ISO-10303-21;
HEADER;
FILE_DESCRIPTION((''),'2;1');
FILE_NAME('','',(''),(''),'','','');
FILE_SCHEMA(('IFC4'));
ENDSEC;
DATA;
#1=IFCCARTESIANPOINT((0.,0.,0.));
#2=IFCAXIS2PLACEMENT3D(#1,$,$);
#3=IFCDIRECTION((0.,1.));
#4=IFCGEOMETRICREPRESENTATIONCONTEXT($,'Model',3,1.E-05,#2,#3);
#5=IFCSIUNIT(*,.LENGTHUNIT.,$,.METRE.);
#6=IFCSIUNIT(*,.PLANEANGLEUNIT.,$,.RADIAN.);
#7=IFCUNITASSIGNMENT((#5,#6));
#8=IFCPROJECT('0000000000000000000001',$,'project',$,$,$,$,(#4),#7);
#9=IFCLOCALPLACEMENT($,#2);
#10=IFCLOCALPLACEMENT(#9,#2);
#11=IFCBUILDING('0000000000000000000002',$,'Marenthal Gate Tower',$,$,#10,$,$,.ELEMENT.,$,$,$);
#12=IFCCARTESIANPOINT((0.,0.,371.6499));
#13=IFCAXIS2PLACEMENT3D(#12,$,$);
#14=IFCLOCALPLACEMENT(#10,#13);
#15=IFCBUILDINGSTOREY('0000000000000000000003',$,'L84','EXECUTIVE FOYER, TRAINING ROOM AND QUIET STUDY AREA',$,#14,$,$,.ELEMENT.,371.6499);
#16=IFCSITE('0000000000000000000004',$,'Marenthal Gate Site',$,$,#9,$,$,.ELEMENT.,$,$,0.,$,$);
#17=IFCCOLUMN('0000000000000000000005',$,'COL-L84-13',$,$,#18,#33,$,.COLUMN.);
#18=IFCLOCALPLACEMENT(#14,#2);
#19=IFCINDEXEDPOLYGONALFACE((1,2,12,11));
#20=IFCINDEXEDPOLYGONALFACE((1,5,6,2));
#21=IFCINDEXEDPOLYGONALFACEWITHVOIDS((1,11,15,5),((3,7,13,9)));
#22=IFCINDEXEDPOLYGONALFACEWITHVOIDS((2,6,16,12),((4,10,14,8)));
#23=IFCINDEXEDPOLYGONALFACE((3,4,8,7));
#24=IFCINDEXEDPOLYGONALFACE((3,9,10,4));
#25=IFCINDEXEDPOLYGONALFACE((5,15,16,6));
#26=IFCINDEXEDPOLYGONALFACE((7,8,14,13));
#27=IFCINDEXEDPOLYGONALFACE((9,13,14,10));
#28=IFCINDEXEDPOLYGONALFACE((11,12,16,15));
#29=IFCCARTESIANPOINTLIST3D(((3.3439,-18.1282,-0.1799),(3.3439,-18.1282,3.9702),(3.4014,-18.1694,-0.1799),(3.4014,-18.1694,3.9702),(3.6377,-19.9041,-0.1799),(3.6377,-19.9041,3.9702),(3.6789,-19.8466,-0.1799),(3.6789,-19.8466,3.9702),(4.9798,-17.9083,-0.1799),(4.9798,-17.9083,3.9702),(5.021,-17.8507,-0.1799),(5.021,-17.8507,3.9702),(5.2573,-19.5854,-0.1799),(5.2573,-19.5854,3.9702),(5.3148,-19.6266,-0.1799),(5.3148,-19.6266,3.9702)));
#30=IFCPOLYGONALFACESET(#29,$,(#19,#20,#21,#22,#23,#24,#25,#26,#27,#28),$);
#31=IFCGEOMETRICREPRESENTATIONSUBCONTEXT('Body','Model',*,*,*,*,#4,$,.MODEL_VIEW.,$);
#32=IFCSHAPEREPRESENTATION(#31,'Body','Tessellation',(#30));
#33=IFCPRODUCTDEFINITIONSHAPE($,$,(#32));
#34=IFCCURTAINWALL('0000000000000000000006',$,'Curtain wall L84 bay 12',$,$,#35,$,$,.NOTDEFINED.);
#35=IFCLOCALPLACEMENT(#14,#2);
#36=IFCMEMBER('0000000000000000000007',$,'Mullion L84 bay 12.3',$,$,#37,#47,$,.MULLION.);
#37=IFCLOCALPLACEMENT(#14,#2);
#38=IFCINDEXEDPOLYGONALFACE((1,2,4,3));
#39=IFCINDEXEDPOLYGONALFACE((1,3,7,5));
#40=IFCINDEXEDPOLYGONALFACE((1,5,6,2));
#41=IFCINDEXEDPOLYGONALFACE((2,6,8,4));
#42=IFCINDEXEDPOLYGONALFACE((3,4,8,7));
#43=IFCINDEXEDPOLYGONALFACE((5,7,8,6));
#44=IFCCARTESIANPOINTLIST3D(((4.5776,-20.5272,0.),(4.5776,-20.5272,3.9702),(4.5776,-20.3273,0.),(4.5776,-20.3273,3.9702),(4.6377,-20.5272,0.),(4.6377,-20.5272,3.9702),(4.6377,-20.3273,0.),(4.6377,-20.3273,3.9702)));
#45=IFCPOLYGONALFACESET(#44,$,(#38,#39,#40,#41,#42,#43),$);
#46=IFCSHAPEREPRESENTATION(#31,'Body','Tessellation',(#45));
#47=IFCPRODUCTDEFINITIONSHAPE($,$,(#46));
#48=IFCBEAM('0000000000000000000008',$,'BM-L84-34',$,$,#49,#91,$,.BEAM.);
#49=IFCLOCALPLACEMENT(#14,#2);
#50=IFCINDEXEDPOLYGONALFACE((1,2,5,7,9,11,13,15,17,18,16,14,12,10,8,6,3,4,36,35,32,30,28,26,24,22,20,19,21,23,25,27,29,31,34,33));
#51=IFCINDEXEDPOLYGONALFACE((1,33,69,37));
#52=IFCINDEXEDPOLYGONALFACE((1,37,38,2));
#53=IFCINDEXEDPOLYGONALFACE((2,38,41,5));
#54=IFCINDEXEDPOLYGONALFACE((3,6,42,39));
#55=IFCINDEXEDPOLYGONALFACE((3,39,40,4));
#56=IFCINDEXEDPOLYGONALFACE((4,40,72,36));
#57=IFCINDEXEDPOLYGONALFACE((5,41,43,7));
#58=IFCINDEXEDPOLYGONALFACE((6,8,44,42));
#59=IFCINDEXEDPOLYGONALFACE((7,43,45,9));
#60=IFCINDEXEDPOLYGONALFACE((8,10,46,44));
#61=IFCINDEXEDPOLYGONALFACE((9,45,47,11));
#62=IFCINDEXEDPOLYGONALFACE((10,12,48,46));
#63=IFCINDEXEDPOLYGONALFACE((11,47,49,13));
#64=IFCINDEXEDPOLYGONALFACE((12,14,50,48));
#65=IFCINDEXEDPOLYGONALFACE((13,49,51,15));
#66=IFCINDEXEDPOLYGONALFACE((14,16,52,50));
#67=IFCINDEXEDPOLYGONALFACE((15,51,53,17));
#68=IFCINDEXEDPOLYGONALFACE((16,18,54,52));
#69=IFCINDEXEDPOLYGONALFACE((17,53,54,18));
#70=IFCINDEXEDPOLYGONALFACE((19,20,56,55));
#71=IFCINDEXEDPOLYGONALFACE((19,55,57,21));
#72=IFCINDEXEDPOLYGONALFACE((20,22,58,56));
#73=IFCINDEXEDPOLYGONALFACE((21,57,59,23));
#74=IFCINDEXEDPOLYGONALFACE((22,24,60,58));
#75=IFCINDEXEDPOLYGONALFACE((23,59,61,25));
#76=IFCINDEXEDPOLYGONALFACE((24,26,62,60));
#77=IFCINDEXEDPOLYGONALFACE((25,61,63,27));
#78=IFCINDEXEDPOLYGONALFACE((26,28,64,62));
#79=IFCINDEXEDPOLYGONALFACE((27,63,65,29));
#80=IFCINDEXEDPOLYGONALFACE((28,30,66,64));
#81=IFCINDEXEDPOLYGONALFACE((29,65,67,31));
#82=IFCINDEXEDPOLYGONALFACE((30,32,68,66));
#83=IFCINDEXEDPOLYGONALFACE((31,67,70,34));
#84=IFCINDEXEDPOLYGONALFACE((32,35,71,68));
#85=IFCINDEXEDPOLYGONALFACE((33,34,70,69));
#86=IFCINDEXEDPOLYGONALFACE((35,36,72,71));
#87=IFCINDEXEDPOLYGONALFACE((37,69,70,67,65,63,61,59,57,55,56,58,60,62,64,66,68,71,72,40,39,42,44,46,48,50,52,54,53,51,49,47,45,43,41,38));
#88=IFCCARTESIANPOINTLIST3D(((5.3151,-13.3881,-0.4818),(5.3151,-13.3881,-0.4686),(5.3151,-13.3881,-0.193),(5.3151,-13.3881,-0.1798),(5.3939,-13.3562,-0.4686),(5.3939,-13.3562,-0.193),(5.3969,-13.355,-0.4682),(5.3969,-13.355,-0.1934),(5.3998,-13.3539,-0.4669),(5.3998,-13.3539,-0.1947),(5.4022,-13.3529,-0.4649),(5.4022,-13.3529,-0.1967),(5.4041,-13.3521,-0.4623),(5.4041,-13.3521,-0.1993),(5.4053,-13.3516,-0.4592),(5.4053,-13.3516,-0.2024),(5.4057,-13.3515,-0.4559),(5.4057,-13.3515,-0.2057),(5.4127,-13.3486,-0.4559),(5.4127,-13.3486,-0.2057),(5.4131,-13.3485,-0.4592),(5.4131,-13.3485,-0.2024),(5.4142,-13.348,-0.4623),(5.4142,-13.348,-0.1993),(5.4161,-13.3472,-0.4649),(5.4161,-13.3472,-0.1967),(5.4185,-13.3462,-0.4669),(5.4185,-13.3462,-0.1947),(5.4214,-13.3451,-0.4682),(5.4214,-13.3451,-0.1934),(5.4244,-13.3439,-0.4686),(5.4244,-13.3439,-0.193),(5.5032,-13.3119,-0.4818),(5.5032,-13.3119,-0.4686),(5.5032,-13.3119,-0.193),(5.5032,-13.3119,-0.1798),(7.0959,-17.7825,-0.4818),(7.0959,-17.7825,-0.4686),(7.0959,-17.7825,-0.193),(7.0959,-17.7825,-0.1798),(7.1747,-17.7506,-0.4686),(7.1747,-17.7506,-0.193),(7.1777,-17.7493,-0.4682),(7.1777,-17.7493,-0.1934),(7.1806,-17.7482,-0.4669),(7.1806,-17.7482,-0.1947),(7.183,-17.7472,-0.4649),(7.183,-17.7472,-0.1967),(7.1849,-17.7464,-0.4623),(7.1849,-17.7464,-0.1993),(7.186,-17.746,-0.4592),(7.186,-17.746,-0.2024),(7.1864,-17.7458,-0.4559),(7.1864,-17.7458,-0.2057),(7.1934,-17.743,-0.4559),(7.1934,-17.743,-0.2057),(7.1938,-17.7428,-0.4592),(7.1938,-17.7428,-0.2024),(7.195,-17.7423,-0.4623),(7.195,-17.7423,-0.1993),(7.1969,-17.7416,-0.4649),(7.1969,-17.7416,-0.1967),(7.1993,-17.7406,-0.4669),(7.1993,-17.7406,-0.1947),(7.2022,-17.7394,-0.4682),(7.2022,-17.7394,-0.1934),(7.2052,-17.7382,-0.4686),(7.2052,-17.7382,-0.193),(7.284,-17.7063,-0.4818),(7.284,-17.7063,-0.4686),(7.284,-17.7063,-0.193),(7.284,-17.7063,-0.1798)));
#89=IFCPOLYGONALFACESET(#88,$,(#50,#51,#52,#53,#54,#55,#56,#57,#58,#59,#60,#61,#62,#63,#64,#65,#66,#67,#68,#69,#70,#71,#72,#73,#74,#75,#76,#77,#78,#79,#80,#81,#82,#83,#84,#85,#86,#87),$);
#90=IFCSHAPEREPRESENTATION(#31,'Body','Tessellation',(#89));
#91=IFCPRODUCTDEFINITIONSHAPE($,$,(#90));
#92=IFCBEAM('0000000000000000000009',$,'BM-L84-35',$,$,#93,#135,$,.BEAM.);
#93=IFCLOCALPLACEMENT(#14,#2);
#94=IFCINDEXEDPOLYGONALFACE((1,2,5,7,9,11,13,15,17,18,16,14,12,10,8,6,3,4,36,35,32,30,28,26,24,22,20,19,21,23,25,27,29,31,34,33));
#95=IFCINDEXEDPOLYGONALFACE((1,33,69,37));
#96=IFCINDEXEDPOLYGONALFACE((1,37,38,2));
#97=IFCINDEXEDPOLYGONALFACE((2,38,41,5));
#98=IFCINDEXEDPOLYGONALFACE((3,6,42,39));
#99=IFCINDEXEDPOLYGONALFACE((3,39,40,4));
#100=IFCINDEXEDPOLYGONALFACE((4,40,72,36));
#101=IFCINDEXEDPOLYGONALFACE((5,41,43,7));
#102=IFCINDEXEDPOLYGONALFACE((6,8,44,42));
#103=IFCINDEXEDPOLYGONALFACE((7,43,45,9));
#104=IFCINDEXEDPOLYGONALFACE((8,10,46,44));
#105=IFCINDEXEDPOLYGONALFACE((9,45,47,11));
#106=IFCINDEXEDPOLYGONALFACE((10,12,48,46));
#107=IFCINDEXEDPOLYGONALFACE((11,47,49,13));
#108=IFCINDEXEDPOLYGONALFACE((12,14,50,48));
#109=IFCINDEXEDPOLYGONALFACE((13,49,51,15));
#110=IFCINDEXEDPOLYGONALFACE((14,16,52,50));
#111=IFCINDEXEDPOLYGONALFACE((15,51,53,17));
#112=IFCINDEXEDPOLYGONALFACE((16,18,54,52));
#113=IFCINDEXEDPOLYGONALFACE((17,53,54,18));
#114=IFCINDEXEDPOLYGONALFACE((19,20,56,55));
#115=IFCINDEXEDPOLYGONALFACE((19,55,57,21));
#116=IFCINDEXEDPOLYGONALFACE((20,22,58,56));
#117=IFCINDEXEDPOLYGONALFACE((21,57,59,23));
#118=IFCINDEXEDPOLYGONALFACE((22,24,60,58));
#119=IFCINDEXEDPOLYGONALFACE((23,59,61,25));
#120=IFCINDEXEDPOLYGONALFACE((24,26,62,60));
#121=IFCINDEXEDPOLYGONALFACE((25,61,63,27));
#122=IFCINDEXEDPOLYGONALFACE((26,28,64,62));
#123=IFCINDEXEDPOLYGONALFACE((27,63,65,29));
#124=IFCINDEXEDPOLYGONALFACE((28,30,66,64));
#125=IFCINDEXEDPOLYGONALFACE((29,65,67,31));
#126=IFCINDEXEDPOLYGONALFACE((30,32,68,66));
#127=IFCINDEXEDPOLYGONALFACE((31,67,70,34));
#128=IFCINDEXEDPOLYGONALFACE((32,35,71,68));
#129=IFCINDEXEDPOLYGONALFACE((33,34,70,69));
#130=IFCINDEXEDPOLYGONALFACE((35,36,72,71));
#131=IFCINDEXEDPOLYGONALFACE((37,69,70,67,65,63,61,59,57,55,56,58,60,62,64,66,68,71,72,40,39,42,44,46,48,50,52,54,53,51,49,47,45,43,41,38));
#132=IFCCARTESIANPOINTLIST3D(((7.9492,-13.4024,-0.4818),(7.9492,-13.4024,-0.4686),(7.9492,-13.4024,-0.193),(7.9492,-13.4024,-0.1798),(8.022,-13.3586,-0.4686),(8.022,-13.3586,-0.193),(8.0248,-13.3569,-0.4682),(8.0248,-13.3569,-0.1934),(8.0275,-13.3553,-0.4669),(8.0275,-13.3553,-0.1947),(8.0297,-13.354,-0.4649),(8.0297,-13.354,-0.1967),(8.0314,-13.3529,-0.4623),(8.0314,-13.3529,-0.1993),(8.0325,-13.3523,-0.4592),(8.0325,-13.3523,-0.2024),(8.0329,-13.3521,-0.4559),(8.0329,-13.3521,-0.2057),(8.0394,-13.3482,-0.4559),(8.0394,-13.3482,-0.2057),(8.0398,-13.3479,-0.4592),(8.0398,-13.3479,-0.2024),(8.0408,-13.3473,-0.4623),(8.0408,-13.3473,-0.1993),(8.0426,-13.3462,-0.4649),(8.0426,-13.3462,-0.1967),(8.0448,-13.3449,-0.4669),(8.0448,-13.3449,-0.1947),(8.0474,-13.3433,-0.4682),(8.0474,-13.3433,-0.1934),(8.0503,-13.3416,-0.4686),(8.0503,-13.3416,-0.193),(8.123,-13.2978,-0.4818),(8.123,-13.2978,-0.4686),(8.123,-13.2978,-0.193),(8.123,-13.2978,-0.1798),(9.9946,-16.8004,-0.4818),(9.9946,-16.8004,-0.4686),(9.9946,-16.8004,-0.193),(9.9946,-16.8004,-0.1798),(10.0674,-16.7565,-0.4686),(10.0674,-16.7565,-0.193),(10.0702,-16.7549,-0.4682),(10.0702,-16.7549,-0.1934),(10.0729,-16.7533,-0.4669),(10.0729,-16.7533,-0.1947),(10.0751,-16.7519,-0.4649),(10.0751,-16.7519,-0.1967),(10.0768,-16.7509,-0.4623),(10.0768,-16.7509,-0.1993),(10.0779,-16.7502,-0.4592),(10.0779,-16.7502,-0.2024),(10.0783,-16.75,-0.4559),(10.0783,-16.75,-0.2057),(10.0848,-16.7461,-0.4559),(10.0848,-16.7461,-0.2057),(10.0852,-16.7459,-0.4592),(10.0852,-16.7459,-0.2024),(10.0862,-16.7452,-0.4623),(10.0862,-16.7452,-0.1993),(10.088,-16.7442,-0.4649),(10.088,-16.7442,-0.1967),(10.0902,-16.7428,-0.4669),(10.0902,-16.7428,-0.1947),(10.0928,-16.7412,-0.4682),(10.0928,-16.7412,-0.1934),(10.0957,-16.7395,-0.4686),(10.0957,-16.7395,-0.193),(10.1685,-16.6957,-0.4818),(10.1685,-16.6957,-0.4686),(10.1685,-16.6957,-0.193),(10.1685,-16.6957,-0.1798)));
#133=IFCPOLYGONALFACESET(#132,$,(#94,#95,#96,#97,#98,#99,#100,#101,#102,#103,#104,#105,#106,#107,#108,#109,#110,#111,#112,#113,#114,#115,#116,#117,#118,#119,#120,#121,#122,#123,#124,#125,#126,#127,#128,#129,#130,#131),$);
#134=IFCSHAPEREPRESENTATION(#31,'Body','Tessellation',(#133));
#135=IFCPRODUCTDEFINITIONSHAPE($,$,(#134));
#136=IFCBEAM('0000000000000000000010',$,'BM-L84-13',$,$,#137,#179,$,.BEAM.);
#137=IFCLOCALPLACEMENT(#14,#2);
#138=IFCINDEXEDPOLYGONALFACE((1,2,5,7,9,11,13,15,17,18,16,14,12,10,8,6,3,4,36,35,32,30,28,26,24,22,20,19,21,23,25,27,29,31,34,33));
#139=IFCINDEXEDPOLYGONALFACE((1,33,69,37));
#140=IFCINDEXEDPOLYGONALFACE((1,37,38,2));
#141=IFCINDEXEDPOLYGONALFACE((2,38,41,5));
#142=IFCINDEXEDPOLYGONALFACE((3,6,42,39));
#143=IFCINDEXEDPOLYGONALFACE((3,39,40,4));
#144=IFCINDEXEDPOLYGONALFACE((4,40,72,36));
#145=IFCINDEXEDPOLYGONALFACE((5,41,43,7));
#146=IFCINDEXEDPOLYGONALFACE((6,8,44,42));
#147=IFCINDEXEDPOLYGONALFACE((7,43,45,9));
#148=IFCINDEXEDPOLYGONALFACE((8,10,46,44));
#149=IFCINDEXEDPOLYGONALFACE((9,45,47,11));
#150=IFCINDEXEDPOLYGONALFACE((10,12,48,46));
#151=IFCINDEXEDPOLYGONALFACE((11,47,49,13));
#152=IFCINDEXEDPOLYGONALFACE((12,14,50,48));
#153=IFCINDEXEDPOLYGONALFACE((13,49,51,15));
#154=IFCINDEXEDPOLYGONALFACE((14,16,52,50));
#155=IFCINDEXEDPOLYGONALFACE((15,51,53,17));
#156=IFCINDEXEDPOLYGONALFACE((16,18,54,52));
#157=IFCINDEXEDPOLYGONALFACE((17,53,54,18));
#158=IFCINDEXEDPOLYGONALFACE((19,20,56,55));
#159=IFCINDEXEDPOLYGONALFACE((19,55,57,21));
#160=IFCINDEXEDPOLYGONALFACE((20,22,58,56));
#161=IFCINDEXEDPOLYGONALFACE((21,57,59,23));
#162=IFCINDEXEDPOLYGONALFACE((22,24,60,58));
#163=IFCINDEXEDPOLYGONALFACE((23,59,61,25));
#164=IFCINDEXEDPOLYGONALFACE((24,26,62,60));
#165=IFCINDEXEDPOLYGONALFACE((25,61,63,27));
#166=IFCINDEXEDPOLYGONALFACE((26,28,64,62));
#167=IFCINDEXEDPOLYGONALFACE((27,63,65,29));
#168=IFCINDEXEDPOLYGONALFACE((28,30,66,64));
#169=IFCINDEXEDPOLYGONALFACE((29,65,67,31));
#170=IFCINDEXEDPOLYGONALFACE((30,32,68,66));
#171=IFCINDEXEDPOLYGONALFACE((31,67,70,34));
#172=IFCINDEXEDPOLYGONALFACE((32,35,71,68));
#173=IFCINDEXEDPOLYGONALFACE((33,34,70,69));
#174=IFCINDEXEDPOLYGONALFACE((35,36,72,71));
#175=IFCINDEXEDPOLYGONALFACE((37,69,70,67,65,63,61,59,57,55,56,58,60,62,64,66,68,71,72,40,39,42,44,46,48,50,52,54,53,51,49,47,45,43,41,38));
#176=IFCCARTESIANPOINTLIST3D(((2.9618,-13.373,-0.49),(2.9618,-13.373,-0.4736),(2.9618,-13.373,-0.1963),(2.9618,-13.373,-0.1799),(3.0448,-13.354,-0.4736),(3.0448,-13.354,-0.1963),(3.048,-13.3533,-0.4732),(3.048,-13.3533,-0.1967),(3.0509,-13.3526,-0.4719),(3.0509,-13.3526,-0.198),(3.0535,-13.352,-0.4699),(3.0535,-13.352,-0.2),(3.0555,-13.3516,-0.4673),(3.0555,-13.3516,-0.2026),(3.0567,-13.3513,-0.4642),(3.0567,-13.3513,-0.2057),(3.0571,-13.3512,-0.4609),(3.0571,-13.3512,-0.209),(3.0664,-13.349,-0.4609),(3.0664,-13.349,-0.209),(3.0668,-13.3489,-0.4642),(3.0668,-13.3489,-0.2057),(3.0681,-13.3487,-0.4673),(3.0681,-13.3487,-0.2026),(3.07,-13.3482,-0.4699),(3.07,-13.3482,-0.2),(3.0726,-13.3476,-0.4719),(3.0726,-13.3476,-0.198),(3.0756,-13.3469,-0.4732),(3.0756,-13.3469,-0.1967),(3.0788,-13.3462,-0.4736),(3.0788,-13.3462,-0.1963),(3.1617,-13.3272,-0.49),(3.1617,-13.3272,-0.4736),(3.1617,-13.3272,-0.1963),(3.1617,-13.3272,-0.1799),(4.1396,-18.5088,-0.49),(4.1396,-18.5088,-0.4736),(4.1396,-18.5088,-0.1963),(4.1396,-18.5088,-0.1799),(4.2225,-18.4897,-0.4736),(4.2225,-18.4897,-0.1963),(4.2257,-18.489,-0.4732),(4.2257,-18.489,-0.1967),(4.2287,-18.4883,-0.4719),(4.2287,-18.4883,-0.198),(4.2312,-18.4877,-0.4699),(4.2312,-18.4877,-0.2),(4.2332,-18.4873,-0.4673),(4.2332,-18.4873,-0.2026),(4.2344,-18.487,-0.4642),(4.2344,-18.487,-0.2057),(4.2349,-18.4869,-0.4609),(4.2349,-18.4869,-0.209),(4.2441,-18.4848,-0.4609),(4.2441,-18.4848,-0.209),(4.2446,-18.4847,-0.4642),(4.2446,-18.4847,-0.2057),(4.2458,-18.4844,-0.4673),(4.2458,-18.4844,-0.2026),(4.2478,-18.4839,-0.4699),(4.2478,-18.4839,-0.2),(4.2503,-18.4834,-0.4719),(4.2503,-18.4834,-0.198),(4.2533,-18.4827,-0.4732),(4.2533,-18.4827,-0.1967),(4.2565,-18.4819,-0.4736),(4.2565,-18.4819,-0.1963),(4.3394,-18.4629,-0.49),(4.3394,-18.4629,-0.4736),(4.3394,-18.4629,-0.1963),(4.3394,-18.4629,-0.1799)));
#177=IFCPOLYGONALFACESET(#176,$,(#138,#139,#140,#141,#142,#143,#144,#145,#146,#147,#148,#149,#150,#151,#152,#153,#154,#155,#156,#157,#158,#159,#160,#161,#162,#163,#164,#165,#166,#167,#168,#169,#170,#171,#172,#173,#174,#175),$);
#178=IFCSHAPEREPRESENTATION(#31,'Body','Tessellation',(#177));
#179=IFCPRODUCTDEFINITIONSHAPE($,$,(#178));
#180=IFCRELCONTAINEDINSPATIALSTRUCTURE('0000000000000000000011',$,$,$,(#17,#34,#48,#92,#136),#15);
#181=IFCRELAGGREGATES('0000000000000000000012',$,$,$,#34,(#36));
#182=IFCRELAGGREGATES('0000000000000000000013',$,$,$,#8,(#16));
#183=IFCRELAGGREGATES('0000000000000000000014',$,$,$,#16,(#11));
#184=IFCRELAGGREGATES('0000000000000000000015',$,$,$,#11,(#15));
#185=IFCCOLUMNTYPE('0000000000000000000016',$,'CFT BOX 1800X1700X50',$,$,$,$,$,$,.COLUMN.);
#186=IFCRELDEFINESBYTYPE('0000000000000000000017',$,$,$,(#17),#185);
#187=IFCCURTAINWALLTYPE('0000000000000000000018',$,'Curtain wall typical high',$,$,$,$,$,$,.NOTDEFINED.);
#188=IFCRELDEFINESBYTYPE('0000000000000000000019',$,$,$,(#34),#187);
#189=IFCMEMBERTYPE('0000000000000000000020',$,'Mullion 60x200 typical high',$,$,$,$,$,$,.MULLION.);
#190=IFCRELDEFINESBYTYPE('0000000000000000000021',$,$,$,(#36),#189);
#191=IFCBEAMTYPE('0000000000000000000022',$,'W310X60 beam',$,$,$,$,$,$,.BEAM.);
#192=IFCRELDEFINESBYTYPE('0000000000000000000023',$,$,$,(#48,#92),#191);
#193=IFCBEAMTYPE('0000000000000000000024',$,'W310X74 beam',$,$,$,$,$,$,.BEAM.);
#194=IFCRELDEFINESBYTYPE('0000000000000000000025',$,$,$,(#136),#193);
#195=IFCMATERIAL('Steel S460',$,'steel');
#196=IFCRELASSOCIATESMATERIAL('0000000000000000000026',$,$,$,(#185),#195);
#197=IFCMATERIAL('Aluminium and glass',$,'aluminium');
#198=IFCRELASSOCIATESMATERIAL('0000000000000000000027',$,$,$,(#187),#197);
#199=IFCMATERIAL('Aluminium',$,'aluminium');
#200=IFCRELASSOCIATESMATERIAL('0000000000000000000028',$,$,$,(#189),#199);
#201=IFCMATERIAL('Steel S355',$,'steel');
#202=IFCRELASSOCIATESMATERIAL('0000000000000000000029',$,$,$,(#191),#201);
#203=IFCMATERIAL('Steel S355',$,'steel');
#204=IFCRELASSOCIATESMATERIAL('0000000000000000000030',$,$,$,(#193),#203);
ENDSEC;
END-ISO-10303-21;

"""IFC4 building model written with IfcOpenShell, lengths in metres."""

from ifc_helpers import new_model, si_unit, direction, frame, origin, origin_2d, place, context, subcontext, project, spatial, rectangle, hollow_rectangle, i_section, extrude, material, material_profile, profile_set, type_object, element, aggregate, save


model = new_model("IFC4")

# Units and contexts
model_context = context("Model", 3, precision=1e-05, world=origin(), true_north=direction((0.0, 1.0)))
body_context = subcontext(model_context, "Body", "Model", "MODEL_VIEW")
ifc_project = project(units=[si_unit("LENGTHUNIT", "METRE"), si_unit("PLANEANGLEUNIT", "RADIAN")], contexts=[model_context])

# Site, building, storey
site_placement = place(None, origin())
site = spatial("IfcSite", under=ifc_project, at=site_placement, Name="Marenthal Gate Site", CompositionType="ELEMENT", RefElevation=0.0)
building_placement = place(site_placement, origin())
building = spatial("IfcBuilding", under=site, at=building_placement, Name="Marenthal Gate Tower", CompositionType="ELEMENT")
storey_placement = place(building_placement, frame((0.0, 0.0, 371.6499)))
storey = spatial("IfcBuildingStorey", under=building, at=storey_placement, Name="L84", Description="EXECUTIVE FOYER, TRAINING ROOM AND QUIET STUDY AREA", CompositionType="ELEMENT", Elevation=371.6499)

# Column
ifc_material_1 = material(Name="Steel S460", Category="steel")
ifc_material_profile_1 = material_profile(ifc_material_1, hollow_rectangle(XDim=1.7, YDim=1.8, WallThickness=0.05, at=origin_2d()), Name="CFT BOX 1800X1700X50")
ifc_material_2 = material(Name="Concrete 70 MPa", Category="concrete")
ifc_material_profile_2 = material_profile(ifc_material_2, rectangle(XDim=1.6001, YDim=1.7, at=origin_2d()), Name="CFT BOX 1800X1700X50 INFILL")
ifc_profile_set_1 = profile_set([ifc_material_profile_1, ifc_material_profile_2], Name="Steel S460 shell, Concrete 70 MPa infill")
column_type = type_object("IfcColumnType", Name="CFT BOX 1800X1700X50", PredefinedType="COLUMN", material=ifc_profile_set_1)
column_placement = place(storey_placement, frame((4.3293, -18.8774, -0.1799), z_axis=(0.0, 0.0, 1.0), x_axis=(-0.986586, -0.16324, 0.0)))
element("IfcColumn", 1, at=column_placement, inside=storey, type_object=column_type, Name="COL-L84-13", PredefinedType="COLUMN", context=body_context, shape_type="SweptSolid", body=[
    extrude(hollow_rectangle(XDim=1.7, YDim=1.8, WallThickness=0.05, at=origin_2d()), origin(), (0.0, 0.0, 1.0), 4.1501),
])

# Curtain wall, member
ifc_material_3 = material(Name="Aluminium and glass", Category="aluminium")
curtain_wall_type = type_object("IfcCurtainWallType", Name="Curtain wall typical high", PredefinedType="NOTDEFINED", material=ifc_material_3)
curtain_wall_placement = place(storey_placement, origin())
curtain_wall = element("IfcCurtainWall", 2, at=curtain_wall_placement, inside=storey, type_object=curtain_wall_type, Name="Curtain wall L84 bay 12", PredefinedType="NOTDEFINED")
ifc_material_4 = material(Name="Aluminium", Category="aluminium")
ifc_material_profile_3 = material_profile(ifc_material_4, rectangle(XDim=0.2, YDim=0.0601, at=origin_2d()), Name="60x200 aluminium mullion")
ifc_profile_set_2 = profile_set([ifc_material_profile_3], Name="Aluminium")
member_type = type_object("IfcMemberType", Name="Mullion 60x200 typical high", PredefinedType="MULLION", material=ifc_profile_set_2)
member_placement = place(storey_placement, frame((4.6077, -20.4272, 0.0), z_axis=(0.0, 0.0, 1.0), x_axis=(0.0, 1.0, 0.0)))
member = element("IfcMember", 3, at=member_placement, type_object=member_type, Name="Mullion L84 bay 12.3", PredefinedType="MULLION", context=body_context, shape_type="SweptSolid", body=[
    extrude(rectangle(XDim=0.2, YDim=0.0601, at=origin_2d()), origin(), (0.0, 0.0, 1.0), 3.9702),
])

# Beams
ifc_material_5 = material(Name="Steel S355", Category="steel")
ifc_material_profile_4 = material_profile(ifc_material_5, i_section(OverallWidth=0.2029, OverallDepth=0.302, WebThickness=0.0076, FlangeThickness=0.0132, FilletRadius=0.0127, at=origin_2d()), Name="W310X60")
ifc_profile_set_3 = profile_set([ifc_material_profile_4], Name="Steel S355")
beam_type_1 = type_object("IfcBeamType", Name="W310X60 beam", PredefinedType="BEAM", material=ifc_profile_set_3)
beam_1_placement = place(storey_placement, frame((7.1899, -17.7444, -0.3308), z_axis=(-0.375577, 0.926791, 0.0), x_axis=(-0.926791, -0.375577, 0.0)))
element("IfcBeam", 4, at=beam_1_placement, inside=storey, type_object=beam_type_1, Name="BM-L84-34", PredefinedType="BEAM", context=body_context, shape_type="SweptSolid", body=[
    extrude(i_section(OverallWidth=0.2029, OverallDepth=0.302, WebThickness=0.0076, FlangeThickness=0.0132, FilletRadius=0.0127, at=origin_2d()), origin(), (0.0, 0.0, 1.0), 4.7415),
])
beam_2_placement = place(storey_placement, frame((10.0815, -16.748, -0.3308), z_axis=(-0.515726, 0.856753, 0.0), x_axis=(-0.856753, -0.515726, 0.0)))
element("IfcBeam", 5, at=beam_2_placement, inside=storey, type_object=beam_type_1, Name="BM-L84-35", PredefinedType="BEAM", context=body_context, shape_type="SweptSolid", body=[
    extrude(i_section(OverallWidth=0.2029, OverallDepth=0.302, WebThickness=0.0076, FlangeThickness=0.0132, FilletRadius=0.0127, at=origin_2d()), origin(), (0.0, 0.0, 1.0), 3.9661),
])
ifc_material_6 = material(Name="Steel S355", Category="steel")
ifc_material_profile_5 = material_profile(ifc_material_6, i_section(OverallWidth=0.2051, OverallDepth=0.3101, WebThickness=0.0095, FlangeThickness=0.0164, FilletRadius=0.0127, at=origin_2d()), Name="W310X74")
ifc_profile_set_4 = profile_set([ifc_material_profile_5], Name="Steel S355")
beam_type_2 = type_object("IfcBeamType", Name="W310X74 beam", PredefinedType="BEAM", material=ifc_profile_set_4)
beam_3_placement = place(storey_placement, frame((4.2395, -18.4858, -0.335), z_axis=(-0.223519, 0.9747, 0.0), x_axis=(-0.9747, -0.223519, 0.0)))
element("IfcBeam", 6, at=beam_3_placement, inside=storey, type_object=beam_type_2, Name="BM-L84-13", PredefinedType="BEAM", context=body_context, shape_type="SweptSolid", body=[
    extrude(i_section(OverallWidth=0.2051, OverallDepth=0.3101, WebThickness=0.0095, FlangeThickness=0.0164, FilletRadius=0.0127, at=origin_2d()), origin(), (0.0, 0.0, 1.0), 5.269),
])

aggregate(curtain_wall, [member])

save(model, "model.ifc")
